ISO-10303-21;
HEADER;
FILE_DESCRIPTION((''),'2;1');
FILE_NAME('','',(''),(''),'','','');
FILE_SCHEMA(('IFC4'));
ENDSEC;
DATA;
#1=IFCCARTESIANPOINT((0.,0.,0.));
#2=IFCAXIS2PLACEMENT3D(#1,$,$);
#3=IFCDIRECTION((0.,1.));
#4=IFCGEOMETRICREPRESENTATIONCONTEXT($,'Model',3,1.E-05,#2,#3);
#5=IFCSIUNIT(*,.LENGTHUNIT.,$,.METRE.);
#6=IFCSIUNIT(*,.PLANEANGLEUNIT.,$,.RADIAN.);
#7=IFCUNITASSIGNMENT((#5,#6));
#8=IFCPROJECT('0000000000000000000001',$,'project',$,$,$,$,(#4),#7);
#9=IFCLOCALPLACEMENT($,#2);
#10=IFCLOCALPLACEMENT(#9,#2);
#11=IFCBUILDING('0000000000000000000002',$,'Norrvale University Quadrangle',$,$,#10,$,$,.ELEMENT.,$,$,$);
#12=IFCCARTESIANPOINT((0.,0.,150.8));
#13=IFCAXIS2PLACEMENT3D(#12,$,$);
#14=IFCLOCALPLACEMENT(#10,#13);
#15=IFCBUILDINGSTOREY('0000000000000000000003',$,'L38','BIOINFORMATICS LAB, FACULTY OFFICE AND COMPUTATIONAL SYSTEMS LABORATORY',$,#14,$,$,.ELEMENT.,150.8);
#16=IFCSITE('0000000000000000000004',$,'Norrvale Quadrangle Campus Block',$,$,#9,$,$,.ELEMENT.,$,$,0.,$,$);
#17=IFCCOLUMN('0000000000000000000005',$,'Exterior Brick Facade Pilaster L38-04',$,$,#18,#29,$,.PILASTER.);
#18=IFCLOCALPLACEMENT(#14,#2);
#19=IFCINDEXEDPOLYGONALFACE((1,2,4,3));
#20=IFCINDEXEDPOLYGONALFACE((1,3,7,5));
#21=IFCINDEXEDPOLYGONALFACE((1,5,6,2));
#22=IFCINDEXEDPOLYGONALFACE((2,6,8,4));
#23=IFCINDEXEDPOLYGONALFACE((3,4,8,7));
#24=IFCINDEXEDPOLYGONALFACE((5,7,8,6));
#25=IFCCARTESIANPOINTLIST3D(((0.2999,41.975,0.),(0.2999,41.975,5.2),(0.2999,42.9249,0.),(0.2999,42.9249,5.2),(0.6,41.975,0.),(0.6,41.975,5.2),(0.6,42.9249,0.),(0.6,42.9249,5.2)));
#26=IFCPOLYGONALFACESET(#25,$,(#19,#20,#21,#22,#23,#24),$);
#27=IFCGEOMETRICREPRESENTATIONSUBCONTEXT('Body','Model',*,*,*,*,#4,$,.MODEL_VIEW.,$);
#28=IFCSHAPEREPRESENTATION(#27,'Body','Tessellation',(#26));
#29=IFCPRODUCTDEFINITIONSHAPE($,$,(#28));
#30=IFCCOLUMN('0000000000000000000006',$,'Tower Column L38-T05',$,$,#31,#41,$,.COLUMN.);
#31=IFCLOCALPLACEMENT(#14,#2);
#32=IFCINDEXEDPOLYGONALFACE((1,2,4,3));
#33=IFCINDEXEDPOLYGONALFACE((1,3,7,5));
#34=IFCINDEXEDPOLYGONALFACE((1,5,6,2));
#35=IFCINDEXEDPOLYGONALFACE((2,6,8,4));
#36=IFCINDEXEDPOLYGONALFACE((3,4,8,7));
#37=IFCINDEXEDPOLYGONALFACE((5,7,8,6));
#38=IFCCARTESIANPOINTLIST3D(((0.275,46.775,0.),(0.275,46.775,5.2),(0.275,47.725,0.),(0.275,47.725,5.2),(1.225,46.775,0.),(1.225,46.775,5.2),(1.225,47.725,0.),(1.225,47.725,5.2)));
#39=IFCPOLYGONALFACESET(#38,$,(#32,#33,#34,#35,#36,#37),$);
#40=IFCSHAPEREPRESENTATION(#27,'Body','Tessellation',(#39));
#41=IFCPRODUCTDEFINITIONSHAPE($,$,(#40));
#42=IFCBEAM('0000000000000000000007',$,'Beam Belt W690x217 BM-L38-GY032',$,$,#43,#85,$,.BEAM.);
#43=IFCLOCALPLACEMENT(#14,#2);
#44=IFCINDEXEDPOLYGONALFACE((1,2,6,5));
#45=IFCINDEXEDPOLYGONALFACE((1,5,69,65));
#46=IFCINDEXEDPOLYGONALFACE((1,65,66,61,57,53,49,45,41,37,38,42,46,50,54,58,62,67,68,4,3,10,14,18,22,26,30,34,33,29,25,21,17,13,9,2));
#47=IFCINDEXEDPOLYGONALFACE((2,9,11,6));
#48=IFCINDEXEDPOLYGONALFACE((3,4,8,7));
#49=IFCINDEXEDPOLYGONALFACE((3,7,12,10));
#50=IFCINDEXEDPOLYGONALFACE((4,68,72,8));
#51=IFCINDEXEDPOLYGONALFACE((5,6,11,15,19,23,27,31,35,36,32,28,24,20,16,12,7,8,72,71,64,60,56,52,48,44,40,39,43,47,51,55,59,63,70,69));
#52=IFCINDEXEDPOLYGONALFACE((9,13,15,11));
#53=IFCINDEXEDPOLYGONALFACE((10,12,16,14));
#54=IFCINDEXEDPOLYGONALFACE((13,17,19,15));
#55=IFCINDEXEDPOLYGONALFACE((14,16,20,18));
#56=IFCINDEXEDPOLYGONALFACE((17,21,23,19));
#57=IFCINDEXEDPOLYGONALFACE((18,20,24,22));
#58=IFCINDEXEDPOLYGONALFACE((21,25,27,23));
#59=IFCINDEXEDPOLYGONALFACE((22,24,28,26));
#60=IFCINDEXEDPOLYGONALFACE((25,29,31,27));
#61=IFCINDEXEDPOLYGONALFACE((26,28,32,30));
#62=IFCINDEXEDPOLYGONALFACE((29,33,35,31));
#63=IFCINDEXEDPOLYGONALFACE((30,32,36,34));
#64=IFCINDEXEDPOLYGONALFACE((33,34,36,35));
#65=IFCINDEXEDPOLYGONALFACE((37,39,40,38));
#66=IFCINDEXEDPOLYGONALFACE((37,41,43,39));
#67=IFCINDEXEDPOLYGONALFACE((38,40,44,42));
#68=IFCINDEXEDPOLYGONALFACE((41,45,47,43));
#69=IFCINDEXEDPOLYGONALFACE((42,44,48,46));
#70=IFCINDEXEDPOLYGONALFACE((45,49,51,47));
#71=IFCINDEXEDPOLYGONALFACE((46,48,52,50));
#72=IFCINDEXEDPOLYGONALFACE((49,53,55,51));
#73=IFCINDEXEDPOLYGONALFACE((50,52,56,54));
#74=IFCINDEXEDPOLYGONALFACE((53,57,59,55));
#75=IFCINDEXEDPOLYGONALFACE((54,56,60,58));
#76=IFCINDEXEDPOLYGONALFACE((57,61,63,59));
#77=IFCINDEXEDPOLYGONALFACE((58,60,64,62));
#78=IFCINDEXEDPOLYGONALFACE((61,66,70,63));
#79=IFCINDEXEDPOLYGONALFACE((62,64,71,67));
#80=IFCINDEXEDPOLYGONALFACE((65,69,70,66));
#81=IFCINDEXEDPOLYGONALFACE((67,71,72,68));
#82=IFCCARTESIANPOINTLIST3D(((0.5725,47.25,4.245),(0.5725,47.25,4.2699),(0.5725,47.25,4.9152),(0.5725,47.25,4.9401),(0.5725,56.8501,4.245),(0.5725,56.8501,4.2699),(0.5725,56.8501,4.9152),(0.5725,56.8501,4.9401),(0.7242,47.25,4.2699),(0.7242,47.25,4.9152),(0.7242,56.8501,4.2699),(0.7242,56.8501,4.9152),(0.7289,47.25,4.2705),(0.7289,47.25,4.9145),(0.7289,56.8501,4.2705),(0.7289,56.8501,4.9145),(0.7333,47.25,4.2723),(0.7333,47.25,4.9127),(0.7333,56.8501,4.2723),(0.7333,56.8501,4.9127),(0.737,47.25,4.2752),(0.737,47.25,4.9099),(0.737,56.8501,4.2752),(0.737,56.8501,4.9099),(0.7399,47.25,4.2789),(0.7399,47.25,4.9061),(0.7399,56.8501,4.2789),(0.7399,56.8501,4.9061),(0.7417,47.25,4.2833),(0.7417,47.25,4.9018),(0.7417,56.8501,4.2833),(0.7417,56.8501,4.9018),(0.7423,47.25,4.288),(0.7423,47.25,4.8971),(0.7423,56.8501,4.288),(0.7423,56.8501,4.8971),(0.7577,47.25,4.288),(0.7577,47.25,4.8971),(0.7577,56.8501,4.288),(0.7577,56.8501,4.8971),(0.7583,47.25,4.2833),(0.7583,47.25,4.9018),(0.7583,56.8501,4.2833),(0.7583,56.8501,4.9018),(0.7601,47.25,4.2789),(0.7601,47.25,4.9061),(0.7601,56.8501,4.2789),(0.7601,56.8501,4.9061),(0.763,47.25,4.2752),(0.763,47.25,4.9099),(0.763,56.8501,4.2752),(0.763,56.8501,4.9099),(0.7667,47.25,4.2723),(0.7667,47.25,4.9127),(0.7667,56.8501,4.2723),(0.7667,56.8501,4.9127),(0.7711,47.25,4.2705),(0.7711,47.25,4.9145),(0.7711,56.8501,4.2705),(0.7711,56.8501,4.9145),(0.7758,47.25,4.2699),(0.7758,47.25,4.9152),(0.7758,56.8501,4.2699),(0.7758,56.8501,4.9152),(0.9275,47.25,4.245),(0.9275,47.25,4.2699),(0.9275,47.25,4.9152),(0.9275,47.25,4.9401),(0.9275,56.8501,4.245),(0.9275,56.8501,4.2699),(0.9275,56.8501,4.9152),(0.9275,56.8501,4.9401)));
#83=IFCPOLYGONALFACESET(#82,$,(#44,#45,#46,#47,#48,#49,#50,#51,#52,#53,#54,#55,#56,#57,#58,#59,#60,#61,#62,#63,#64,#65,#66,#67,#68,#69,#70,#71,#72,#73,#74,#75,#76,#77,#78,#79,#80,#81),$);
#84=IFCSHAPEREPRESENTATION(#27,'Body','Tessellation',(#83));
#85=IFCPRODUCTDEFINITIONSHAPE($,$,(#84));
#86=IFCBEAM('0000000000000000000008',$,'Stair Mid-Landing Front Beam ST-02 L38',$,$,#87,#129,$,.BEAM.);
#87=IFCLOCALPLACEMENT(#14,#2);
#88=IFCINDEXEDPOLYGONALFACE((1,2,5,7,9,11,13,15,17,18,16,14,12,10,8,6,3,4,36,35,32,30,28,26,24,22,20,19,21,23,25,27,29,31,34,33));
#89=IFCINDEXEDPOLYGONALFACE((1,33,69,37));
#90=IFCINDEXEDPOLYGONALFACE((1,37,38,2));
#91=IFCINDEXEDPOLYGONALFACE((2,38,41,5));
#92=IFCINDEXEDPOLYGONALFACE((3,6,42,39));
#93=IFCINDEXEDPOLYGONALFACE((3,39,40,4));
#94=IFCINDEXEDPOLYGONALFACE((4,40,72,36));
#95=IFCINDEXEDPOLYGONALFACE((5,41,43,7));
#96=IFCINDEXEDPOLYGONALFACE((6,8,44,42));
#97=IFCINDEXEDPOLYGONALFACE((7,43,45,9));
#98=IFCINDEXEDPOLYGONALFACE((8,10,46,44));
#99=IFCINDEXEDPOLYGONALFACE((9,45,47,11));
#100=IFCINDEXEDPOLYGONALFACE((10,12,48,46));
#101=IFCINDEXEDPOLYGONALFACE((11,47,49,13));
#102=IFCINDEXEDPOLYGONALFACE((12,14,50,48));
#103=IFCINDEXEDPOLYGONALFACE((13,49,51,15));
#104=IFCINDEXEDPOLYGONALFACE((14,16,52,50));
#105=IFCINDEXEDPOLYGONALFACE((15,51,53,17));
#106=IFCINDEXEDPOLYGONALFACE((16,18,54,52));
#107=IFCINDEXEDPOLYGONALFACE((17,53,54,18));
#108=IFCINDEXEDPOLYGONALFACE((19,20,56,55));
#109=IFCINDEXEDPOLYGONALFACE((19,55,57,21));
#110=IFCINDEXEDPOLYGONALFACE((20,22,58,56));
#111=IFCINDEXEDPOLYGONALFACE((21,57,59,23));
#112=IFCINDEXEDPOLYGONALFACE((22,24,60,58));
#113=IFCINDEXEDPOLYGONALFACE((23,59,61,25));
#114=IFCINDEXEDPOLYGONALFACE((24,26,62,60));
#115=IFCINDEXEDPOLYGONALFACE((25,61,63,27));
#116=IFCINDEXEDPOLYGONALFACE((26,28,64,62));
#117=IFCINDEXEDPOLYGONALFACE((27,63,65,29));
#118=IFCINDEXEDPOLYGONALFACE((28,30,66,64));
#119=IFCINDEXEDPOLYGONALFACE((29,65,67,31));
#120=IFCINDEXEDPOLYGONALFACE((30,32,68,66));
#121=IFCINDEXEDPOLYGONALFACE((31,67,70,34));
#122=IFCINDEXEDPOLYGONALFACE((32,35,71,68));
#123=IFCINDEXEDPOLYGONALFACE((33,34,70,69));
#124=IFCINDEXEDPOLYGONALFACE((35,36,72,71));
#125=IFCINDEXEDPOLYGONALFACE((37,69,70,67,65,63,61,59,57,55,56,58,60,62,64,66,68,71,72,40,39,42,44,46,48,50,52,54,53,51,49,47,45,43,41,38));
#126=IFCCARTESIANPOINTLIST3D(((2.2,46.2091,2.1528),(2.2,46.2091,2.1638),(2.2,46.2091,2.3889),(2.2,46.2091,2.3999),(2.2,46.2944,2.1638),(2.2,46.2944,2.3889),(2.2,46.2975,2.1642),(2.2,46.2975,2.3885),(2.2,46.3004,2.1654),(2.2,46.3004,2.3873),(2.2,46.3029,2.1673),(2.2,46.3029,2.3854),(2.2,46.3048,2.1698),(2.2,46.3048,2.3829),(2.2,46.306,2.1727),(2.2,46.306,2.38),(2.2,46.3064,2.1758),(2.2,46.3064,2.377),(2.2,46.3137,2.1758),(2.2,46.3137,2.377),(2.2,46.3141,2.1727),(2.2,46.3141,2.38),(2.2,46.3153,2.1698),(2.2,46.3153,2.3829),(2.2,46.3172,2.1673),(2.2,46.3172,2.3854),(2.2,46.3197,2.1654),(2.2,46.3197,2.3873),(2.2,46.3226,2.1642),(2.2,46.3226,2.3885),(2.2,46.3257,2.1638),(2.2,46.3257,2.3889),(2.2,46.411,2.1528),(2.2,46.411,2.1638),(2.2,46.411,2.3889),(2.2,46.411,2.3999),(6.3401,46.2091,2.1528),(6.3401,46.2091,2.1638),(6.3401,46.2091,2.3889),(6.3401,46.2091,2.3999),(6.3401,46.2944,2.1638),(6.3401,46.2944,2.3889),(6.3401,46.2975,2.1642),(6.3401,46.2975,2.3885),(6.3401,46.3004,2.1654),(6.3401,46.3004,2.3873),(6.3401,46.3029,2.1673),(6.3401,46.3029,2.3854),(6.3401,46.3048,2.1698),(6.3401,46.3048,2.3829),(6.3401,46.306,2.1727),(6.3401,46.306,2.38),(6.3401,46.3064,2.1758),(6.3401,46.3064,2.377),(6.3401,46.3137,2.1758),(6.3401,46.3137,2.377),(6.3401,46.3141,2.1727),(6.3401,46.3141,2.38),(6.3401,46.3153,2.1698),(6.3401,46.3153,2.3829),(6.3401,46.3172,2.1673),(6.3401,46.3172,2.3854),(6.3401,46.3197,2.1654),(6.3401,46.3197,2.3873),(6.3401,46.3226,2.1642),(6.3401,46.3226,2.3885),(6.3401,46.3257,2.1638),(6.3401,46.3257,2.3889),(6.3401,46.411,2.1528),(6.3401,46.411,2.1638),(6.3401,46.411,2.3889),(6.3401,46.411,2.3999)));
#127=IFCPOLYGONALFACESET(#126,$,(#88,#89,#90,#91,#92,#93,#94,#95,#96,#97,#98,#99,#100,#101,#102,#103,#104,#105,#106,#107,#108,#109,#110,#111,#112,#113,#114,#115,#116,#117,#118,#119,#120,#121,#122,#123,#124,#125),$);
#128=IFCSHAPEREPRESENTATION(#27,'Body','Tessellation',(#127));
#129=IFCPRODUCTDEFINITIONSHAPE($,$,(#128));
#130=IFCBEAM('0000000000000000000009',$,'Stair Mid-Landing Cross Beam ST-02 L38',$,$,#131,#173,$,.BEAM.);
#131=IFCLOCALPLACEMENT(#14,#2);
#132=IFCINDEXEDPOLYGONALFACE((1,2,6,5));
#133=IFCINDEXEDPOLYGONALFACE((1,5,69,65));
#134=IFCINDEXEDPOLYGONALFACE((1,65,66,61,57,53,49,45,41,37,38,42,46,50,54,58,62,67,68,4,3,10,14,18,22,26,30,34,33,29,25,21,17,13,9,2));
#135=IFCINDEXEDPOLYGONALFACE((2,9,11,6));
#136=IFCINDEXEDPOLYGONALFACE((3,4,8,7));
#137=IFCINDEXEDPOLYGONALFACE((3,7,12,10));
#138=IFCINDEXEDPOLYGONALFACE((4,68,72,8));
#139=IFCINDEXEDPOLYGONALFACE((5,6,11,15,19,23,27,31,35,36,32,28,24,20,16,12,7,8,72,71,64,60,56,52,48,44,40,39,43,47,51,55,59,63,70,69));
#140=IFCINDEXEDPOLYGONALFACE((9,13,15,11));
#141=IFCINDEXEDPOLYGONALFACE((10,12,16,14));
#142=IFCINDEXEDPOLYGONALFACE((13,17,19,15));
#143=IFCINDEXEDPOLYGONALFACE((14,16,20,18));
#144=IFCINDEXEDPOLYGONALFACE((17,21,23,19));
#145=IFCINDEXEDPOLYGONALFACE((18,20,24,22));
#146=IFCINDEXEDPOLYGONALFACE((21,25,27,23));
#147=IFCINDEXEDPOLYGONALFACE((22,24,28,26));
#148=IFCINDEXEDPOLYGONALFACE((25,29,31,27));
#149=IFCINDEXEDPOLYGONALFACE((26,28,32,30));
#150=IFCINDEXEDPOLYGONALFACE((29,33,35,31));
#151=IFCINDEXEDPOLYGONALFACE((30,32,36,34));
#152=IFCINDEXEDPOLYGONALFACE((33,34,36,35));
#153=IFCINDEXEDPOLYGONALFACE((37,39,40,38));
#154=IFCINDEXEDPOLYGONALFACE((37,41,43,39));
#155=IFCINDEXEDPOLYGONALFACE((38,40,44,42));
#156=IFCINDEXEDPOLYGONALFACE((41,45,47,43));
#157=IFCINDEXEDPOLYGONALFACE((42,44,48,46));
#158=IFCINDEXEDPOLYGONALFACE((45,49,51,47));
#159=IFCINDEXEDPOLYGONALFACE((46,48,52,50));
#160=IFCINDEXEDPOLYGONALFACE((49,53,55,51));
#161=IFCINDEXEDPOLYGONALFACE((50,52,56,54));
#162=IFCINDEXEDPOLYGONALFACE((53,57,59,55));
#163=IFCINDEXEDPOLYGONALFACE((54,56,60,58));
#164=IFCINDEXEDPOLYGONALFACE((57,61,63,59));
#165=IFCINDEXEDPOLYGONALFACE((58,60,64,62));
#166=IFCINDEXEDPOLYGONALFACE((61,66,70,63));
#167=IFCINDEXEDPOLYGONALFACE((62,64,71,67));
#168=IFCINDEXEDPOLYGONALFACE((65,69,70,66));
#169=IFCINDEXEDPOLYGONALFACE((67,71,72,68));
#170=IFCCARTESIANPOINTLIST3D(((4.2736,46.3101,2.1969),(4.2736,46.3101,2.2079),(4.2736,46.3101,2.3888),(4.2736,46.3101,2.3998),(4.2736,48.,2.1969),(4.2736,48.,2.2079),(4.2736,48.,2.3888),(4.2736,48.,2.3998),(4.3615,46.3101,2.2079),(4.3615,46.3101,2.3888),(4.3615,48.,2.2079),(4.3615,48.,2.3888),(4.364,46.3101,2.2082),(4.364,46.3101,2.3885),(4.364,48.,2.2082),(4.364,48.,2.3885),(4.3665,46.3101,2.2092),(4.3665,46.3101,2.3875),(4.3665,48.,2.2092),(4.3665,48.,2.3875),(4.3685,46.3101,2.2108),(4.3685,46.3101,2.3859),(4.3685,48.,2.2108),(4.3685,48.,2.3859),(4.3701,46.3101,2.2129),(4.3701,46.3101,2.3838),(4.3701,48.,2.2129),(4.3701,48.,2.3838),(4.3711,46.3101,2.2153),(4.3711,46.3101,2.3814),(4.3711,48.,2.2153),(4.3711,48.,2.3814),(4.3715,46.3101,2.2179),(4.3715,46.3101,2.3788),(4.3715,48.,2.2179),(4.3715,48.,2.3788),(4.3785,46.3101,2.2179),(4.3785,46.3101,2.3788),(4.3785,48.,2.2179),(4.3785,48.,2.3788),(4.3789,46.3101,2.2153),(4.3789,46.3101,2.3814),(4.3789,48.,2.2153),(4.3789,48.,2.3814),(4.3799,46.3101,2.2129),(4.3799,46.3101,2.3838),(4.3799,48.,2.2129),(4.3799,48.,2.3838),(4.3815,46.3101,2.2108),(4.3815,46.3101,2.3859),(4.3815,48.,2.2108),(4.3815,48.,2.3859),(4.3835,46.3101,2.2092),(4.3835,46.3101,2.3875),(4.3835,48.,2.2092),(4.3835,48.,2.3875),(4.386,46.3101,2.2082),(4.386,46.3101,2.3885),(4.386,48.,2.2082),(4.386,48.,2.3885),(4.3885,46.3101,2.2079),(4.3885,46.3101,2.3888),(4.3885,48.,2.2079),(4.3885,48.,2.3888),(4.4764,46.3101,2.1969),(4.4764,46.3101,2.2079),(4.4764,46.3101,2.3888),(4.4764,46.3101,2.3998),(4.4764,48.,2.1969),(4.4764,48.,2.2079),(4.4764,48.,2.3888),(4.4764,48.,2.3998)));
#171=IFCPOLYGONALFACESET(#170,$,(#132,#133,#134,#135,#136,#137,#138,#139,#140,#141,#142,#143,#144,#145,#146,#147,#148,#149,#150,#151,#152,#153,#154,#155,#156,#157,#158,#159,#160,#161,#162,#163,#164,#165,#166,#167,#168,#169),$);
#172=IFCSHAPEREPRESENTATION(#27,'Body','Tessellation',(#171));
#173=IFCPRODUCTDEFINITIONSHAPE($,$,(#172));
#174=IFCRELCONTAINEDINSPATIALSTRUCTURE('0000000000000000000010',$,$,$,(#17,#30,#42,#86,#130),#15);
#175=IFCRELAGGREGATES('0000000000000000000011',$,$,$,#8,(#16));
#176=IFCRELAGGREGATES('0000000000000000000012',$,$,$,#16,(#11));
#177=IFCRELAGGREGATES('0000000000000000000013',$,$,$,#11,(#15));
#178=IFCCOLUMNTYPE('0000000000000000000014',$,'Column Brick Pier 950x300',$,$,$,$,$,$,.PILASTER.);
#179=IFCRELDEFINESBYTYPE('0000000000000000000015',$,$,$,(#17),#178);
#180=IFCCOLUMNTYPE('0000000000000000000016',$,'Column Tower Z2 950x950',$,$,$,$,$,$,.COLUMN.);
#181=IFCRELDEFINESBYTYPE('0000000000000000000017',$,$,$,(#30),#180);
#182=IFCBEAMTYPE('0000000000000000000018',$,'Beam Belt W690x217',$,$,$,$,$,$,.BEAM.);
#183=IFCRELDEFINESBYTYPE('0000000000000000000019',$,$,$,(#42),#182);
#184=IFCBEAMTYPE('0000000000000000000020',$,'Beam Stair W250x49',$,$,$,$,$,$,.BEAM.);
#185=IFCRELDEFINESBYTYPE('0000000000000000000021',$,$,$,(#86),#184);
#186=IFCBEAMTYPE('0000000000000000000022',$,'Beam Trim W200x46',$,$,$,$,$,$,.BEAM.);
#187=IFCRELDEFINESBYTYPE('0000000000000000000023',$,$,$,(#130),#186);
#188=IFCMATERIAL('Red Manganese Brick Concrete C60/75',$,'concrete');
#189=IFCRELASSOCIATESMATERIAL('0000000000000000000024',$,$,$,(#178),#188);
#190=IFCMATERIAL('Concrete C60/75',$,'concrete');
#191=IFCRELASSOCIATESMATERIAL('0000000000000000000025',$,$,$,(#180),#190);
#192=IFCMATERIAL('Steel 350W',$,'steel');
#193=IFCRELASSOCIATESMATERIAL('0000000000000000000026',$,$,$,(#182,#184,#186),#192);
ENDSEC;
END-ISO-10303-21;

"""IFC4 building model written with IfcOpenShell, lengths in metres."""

from ifc_helpers import new_model, si_unit, direction, frame, origin, origin_2d, place, context, subcontext, project, spatial, rectangle, i_section, extrude, material, material_profile, profile_set, type_object, element, save


model = new_model("IFC4")

# Units and contexts
model_context = context("Model", 3, precision=1e-05, world=origin(), true_north=direction((0.0, 1.0)))
body_context = subcontext(model_context, "Body", "Model", "MODEL_VIEW")
ifc_project = project(units=[si_unit("LENGTHUNIT", "METRE"), si_unit("PLANEANGLEUNIT", "RADIAN")], contexts=[model_context])

# Site, building, storey
site_placement = place(None, origin())
site = spatial("IfcSite", under=ifc_project, at=site_placement, Name="Norrvale Quadrangle Campus Block", CompositionType="ELEMENT", RefElevation=0.0)
building_placement = place(site_placement, origin())
building = spatial("IfcBuilding", under=site, at=building_placement, Name="Norrvale University Quadrangle", CompositionType="ELEMENT")
storey_placement = place(building_placement, frame((0.0, 0.0, 150.8)))
storey = spatial("IfcBuildingStorey", under=building, at=storey_placement, Name="L38", Description="BIOINFORMATICS LAB, FACULTY OFFICE AND COMPUTATIONAL SYSTEMS LABORATORY", CompositionType="ELEMENT", Elevation=150.8)

# Columns
ifc_material_1 = material(Name="Red Manganese Brick Concrete C60/75", Category="concrete")
ifc_material_profile_1 = material_profile(ifc_material_1, rectangle(XDim=0.95, YDim=0.3, at=origin_2d()), Name="Red Manganese Brick Concrete C60/75")
ifc_profile_set_1 = profile_set([ifc_material_profile_1], Name="Red Manganese Brick Concrete C60/75")
column_type_1 = type_object("IfcColumnType", Name="Column Brick Pier 950x300", PredefinedType="PILASTER", material=ifc_profile_set_1)
column_1_placement = place(storey_placement, frame((0.45, 42.45, 0.0), z_axis=(0.0, 0.0, 1.0), x_axis=(0.0, 1.0, 0.0)))
element("IfcColumn", 1, at=column_1_placement, inside=storey, type_object=column_type_1, Name="Exterior Brick Facade Pilaster L38-04", PredefinedType="PILASTER", context=body_context, shape_type="SweptSolid", body=[
    extrude(rectangle(XDim=0.95, YDim=0.3, at=origin_2d()), origin(), (0.0, 0.0, 1.0), 5.2),
])
ifc_material_2 = material(Name="Concrete C60/75", Category="concrete")
ifc_material_profile_2 = material_profile(ifc_material_2, rectangle(XDim=0.95, YDim=0.95, at=origin_2d()), Name="Concrete C60/75")
ifc_profile_set_2 = profile_set([ifc_material_profile_2], Name="Concrete C60/75")
column_type_2 = type_object("IfcColumnType", Name="Column Tower Z2 950x950", PredefinedType="COLUMN", material=ifc_profile_set_2)
column_2_placement = place(storey_placement, frame((0.75, 47.25, 0.0), z_axis=(0.0, 0.0, 1.0), x_axis=(1.0, 0.0, 0.0)))
element("IfcColumn", 2, at=column_2_placement, inside=storey, type_object=column_type_2, Name="Tower Column L38-T05", PredefinedType="COLUMN", context=body_context, shape_type="SweptSolid", body=[
    extrude(rectangle(XDim=0.95, YDim=0.95, at=origin_2d()), origin(), (0.0, 0.0, 1.0), 5.2),
])

# Beams
ifc_material_3 = material(Name="Steel 350W", Category="steel")
ifc_material_profile_3 = material_profile(ifc_material_3, i_section(OverallWidth=0.355, OverallDepth=0.6951, WebThickness=0.0154, FlangeThickness=0.0249, FilletRadius=0.0181, at=origin_2d()), Name="Steel 350W")
ifc_profile_set_3 = profile_set([ifc_material_profile_3], Name="Steel 350W")
beam_type_1 = type_object("IfcBeamType", Name="Beam Belt W690x217", PredefinedType="BEAM", material=ifc_profile_set_3)
beam_1_placement = place(storey_placement, frame((0.75, 47.25, 4.5925), z_axis=(0.0, 1.0, 0.0), x_axis=(-1.0, 0.0, 0.0)))
element("IfcBeam", 3, at=beam_1_placement, inside=storey, type_object=beam_type_1, Name="Beam Belt W690x217 BM-L38-GY032", PredefinedType="BEAM", context=body_context, shape_type="SweptSolid", body=[
    extrude(i_section(OverallWidth=0.355, OverallDepth=0.6951, WebThickness=0.0154, FlangeThickness=0.0249, FilletRadius=0.0181, at=origin_2d()), origin(), (0.0, 0.0, 1.0), 9.6001),
])
ifc_material_profile_4 = material_profile(ifc_material_3, i_section(OverallWidth=0.2019, OverallDepth=0.2471, WebThickness=0.0073, FlangeThickness=0.011, FilletRadius=0.012, at=origin_2d()), Name="Steel 350W")
ifc_profile_set_4 = profile_set([ifc_material_profile_4], Name="Steel 350W")
beam_type_2 = type_object("IfcBeamType", Name="Beam Stair W250x49", PredefinedType="BEAM", material=ifc_profile_set_4)
beam_2_placement = place(storey_placement, frame((2.2, 46.3101, 2.2764), z_axis=(1.0, 0.0, 0.0), x_axis=(0.0, 1.0, 0.0)))
element("IfcBeam", 4, at=beam_2_placement, inside=storey, type_object=beam_type_2, Name="Stair Mid-Landing Front Beam ST-02 L38", PredefinedType="BEAM", context=body_context, shape_type="SweptSolid", body=[
    extrude(i_section(OverallWidth=0.2019, OverallDepth=0.2471, WebThickness=0.0073, FlangeThickness=0.011, FilletRadius=0.012, at=origin_2d()), origin(), (0.0, 0.0, 1.0), 4.1401),
])
ifc_material_profile_5 = material_profile(ifc_material_3, i_section(OverallWidth=0.2029, OverallDepth=0.2029, WebThickness=0.0071, FlangeThickness=0.011, FilletRadius=0.01, at=origin_2d()), Name="Steel 350W")
ifc_profile_set_5 = profile_set([ifc_material_profile_5], Name="Steel 350W")
beam_type_3 = type_object("IfcBeamType", Name="Beam Trim W200x46", PredefinedType="BEAM", material=ifc_profile_set_5)
beam_3_placement = place(storey_placement, frame((4.375, 46.3101, 2.2983), z_axis=(0.0, 1.0, 0.0), x_axis=(-1.0, 0.0, 0.0)))
element("IfcBeam", 5, at=beam_3_placement, inside=storey, type_object=beam_type_3, Name="Stair Mid-Landing Cross Beam ST-02 L38", PredefinedType="BEAM", context=body_context, shape_type="SweptSolid", body=[
    extrude(i_section(OverallWidth=0.2029, OverallDepth=0.2029, WebThickness=0.0071, FlangeThickness=0.011, FilletRadius=0.01, at=origin_2d()), origin(), (0.0, 0.0, 1.0), 1.6899),
])

save(model, "model.ifc")
